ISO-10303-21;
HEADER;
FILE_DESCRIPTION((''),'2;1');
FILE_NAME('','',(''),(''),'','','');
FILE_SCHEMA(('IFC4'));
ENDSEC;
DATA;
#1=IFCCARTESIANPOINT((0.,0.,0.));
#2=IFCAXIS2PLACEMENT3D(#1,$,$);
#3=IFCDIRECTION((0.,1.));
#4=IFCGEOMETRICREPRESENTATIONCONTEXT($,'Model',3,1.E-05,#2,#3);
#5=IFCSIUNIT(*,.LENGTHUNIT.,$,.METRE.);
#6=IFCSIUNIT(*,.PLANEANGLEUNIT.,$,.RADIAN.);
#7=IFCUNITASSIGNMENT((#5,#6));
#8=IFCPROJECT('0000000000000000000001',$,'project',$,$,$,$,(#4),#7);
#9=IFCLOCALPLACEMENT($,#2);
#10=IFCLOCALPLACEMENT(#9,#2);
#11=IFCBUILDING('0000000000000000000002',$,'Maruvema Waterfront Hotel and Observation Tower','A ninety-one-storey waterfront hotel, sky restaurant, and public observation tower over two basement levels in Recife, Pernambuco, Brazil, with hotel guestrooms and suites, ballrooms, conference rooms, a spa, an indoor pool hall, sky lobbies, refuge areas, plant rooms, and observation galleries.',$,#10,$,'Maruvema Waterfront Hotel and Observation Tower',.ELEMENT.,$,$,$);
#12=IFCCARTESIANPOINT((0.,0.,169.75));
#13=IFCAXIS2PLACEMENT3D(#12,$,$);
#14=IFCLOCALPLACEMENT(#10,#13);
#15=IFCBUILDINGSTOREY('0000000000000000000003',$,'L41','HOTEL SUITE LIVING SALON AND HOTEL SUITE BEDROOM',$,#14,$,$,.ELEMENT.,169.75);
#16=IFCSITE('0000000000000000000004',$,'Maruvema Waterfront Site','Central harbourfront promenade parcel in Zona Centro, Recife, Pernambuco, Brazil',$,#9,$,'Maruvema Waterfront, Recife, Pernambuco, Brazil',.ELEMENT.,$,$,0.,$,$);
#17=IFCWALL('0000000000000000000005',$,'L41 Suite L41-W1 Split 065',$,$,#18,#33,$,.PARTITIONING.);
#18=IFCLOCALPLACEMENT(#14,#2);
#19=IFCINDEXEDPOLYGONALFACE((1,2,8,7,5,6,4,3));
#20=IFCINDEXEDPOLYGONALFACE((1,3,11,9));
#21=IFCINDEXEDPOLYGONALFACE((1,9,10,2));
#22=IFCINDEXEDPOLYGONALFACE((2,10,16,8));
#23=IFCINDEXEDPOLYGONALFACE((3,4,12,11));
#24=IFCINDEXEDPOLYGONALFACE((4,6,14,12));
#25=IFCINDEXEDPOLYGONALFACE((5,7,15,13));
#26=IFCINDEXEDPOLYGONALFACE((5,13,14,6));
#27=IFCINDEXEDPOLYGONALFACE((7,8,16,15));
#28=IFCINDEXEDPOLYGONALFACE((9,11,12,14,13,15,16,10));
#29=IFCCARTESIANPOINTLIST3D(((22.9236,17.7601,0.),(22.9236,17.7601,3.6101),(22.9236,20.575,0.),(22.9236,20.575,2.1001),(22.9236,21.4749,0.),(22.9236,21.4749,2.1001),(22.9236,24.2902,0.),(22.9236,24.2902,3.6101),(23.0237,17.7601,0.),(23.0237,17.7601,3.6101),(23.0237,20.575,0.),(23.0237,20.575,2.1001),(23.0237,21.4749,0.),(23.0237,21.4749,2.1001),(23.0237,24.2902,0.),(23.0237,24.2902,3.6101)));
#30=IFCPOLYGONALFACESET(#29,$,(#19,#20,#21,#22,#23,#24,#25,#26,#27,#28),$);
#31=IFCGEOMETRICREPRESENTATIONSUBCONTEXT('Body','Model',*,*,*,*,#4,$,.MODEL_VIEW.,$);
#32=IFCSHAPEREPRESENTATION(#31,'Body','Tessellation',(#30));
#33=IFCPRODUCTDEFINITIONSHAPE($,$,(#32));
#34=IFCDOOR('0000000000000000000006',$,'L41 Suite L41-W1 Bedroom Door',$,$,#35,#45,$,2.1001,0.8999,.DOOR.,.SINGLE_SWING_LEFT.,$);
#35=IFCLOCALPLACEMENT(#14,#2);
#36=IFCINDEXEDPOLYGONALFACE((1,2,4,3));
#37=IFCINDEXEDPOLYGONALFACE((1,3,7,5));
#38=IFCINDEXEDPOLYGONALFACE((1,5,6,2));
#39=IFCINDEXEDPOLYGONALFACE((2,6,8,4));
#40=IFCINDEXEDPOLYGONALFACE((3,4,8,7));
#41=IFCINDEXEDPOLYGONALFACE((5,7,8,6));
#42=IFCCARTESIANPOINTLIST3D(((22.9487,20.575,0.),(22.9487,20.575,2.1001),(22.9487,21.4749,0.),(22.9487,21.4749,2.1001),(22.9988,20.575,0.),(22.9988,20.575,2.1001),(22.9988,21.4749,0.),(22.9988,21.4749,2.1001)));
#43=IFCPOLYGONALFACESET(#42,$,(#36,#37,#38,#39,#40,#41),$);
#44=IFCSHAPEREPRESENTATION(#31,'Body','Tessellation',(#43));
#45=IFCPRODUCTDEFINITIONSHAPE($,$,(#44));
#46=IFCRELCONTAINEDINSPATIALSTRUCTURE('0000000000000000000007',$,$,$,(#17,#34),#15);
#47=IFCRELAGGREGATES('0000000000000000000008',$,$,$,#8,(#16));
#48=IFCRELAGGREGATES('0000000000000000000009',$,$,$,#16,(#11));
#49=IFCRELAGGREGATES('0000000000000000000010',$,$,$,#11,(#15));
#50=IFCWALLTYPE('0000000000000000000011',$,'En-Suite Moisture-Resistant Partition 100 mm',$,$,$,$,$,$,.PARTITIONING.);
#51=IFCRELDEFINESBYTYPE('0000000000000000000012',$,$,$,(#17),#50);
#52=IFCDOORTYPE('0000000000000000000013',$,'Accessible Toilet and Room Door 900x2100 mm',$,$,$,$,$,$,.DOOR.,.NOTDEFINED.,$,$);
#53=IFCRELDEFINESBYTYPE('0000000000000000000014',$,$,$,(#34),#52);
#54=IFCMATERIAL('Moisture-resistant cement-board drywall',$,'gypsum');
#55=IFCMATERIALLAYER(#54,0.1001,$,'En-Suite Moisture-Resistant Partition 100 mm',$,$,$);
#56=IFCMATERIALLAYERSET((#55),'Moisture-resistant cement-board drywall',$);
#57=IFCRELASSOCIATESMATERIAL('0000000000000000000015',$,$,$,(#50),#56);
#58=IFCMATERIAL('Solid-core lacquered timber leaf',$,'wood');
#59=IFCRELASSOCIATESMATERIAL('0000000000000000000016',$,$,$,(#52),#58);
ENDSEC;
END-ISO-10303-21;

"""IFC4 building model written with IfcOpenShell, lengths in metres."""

from ifc_helpers import new_model, si_unit, direction, frame, frame_2d, origin, place, context, subcontext, project, spatial, rectangle, extrude, material, layer, layer_set, type_object, element, fill, save


model = new_model("IFC4")

# Units and contexts
model_context = context("Model", 3, precision=1e-05, world=origin(), true_north=direction((0.0, 1.0)))
body_context = subcontext(model_context, "Body", "Model", "MODEL_VIEW")
ifc_project = project(units=[si_unit("LENGTHUNIT", "METRE"), si_unit("PLANEANGLEUNIT", "RADIAN")], contexts=[model_context])

# Site, building, storey
site_placement = place(None, origin())
site = spatial("IfcSite", under=ifc_project, at=site_placement, Name="Maruvema Waterfront Site", Description="Central harbourfront promenade parcel in Zona Centro, Recife, Pernambuco, Brazil", LongName="Maruvema Waterfront, Recife, Pernambuco, Brazil", CompositionType="ELEMENT", RefElevation=0.0)
building_placement = place(site_placement, origin())
building = spatial("IfcBuilding", under=site, at=building_placement, Name="Maruvema Waterfront Hotel and Observation Tower", Description="A ninety-one-storey waterfront hotel, sky restaurant, and public observation tower over two basement levels in Recife, Pernambuco, Brazil, with hotel guestrooms and suites, ballrooms, conference rooms, a spa, an indoor pool hall, sky lobbies, refuge areas, plant rooms, and observation galleries.", LongName="Maruvema Waterfront Hotel and Observation Tower", CompositionType="ELEMENT")
storey_placement = place(building_placement, frame((0.0, 0.0, 169.75)))
storey = spatial("IfcBuildingStorey", under=building, at=storey_placement, Name="L41", Description="HOTEL SUITE LIVING SALON AND HOTEL SUITE BEDROOM", CompositionType="ELEMENT", Elevation=169.75)

# Shared definitions
ifc_material_1 = material(Name="Moisture-resistant cement-board drywall", Category="gypsum")
ifc_layer_1 = layer(ifc_material_1, 0.1001, Name="En-Suite Moisture-Resistant Partition 100 mm")
ifc_layer_set_1 = layer_set([ifc_layer_1], Name="Moisture-resistant cement-board drywall")
wall_type_1 = type_object("IfcWallType", Name="En-Suite Moisture-Resistant Partition 100 mm", PredefinedType="PARTITIONING", material=ifc_layer_set_1)

# Wall, opening, door
wall_1_placement = place(storey_placement, frame((22.9736, 17.76, 0.0), z_axis=(0.0, 0.0, 1.0), x_axis=(0.0, 1.0, 0.0)))
wall_1 = element("IfcWall", 1, at=wall_1_placement, inside=storey, type_object=wall_type_1, Name="L41 Suite L41-W1 Split 065", PredefinedType="PARTITIONING", context=body_context, shape_type="SweptSolid", body=[
    extrude(rectangle(XDim=6.53, YDim=0.1001, at=frame_2d((3.2651, 0.0))), origin(), (0.0, 0.0, 1.0), 3.6101),
])
opening_1_placement = place(wall_1_placement, frame((2.8149, 0.0, 0.0)))
opening_1 = element("IfcOpeningElement", 2, at=opening_1_placement, cuts=wall_1, PredefinedType="OPENING", context=body_context, shape_type="SweptSolid", body=[
    extrude(rectangle(XDim=0.8999, YDim=2.1001, at=frame_2d((0.45, 1.05))), frame((0.0, 0.0601, 0.0), z_axis=(0.0, -1.0, 0.0), x_axis=(1.0, 0.0, 0.0)), (0.0, 0.0, 1.0), 0.1201),
])
ifc_material_2 = material(Name="Solid-core lacquered timber leaf", Category="wood")
door_type_1 = type_object("IfcDoorType", Name="Accessible Toilet and Room Door 900x2100 mm", OperationType="NOTDEFINED", PredefinedType="DOOR", material=ifc_material_2)
door_1_placement = place(opening_1_placement, origin())
door_1 = element("IfcDoor", 3, at=door_1_placement, inside=storey, type_object=door_type_1, Name="L41 Suite L41-W1 Bedroom Door", OperationType="SINGLE_SWING_LEFT", OverallHeight=2.1001, OverallWidth=0.8999, PredefinedType="DOOR", context=body_context, shape_type="SweptSolid", body=[
    extrude(rectangle(XDim=0.8999, YDim=2.1001, at=frame_2d((0.45, 1.05))), frame((0.0, 0.0249, 0.0), z_axis=(0.0, -1.0, 0.0), x_axis=(1.0, 0.0, 0.0)), (0.0, 0.0, 1.0), 0.05),
])
fill(opening_1, door_1)

save(model, "model.ifc")
